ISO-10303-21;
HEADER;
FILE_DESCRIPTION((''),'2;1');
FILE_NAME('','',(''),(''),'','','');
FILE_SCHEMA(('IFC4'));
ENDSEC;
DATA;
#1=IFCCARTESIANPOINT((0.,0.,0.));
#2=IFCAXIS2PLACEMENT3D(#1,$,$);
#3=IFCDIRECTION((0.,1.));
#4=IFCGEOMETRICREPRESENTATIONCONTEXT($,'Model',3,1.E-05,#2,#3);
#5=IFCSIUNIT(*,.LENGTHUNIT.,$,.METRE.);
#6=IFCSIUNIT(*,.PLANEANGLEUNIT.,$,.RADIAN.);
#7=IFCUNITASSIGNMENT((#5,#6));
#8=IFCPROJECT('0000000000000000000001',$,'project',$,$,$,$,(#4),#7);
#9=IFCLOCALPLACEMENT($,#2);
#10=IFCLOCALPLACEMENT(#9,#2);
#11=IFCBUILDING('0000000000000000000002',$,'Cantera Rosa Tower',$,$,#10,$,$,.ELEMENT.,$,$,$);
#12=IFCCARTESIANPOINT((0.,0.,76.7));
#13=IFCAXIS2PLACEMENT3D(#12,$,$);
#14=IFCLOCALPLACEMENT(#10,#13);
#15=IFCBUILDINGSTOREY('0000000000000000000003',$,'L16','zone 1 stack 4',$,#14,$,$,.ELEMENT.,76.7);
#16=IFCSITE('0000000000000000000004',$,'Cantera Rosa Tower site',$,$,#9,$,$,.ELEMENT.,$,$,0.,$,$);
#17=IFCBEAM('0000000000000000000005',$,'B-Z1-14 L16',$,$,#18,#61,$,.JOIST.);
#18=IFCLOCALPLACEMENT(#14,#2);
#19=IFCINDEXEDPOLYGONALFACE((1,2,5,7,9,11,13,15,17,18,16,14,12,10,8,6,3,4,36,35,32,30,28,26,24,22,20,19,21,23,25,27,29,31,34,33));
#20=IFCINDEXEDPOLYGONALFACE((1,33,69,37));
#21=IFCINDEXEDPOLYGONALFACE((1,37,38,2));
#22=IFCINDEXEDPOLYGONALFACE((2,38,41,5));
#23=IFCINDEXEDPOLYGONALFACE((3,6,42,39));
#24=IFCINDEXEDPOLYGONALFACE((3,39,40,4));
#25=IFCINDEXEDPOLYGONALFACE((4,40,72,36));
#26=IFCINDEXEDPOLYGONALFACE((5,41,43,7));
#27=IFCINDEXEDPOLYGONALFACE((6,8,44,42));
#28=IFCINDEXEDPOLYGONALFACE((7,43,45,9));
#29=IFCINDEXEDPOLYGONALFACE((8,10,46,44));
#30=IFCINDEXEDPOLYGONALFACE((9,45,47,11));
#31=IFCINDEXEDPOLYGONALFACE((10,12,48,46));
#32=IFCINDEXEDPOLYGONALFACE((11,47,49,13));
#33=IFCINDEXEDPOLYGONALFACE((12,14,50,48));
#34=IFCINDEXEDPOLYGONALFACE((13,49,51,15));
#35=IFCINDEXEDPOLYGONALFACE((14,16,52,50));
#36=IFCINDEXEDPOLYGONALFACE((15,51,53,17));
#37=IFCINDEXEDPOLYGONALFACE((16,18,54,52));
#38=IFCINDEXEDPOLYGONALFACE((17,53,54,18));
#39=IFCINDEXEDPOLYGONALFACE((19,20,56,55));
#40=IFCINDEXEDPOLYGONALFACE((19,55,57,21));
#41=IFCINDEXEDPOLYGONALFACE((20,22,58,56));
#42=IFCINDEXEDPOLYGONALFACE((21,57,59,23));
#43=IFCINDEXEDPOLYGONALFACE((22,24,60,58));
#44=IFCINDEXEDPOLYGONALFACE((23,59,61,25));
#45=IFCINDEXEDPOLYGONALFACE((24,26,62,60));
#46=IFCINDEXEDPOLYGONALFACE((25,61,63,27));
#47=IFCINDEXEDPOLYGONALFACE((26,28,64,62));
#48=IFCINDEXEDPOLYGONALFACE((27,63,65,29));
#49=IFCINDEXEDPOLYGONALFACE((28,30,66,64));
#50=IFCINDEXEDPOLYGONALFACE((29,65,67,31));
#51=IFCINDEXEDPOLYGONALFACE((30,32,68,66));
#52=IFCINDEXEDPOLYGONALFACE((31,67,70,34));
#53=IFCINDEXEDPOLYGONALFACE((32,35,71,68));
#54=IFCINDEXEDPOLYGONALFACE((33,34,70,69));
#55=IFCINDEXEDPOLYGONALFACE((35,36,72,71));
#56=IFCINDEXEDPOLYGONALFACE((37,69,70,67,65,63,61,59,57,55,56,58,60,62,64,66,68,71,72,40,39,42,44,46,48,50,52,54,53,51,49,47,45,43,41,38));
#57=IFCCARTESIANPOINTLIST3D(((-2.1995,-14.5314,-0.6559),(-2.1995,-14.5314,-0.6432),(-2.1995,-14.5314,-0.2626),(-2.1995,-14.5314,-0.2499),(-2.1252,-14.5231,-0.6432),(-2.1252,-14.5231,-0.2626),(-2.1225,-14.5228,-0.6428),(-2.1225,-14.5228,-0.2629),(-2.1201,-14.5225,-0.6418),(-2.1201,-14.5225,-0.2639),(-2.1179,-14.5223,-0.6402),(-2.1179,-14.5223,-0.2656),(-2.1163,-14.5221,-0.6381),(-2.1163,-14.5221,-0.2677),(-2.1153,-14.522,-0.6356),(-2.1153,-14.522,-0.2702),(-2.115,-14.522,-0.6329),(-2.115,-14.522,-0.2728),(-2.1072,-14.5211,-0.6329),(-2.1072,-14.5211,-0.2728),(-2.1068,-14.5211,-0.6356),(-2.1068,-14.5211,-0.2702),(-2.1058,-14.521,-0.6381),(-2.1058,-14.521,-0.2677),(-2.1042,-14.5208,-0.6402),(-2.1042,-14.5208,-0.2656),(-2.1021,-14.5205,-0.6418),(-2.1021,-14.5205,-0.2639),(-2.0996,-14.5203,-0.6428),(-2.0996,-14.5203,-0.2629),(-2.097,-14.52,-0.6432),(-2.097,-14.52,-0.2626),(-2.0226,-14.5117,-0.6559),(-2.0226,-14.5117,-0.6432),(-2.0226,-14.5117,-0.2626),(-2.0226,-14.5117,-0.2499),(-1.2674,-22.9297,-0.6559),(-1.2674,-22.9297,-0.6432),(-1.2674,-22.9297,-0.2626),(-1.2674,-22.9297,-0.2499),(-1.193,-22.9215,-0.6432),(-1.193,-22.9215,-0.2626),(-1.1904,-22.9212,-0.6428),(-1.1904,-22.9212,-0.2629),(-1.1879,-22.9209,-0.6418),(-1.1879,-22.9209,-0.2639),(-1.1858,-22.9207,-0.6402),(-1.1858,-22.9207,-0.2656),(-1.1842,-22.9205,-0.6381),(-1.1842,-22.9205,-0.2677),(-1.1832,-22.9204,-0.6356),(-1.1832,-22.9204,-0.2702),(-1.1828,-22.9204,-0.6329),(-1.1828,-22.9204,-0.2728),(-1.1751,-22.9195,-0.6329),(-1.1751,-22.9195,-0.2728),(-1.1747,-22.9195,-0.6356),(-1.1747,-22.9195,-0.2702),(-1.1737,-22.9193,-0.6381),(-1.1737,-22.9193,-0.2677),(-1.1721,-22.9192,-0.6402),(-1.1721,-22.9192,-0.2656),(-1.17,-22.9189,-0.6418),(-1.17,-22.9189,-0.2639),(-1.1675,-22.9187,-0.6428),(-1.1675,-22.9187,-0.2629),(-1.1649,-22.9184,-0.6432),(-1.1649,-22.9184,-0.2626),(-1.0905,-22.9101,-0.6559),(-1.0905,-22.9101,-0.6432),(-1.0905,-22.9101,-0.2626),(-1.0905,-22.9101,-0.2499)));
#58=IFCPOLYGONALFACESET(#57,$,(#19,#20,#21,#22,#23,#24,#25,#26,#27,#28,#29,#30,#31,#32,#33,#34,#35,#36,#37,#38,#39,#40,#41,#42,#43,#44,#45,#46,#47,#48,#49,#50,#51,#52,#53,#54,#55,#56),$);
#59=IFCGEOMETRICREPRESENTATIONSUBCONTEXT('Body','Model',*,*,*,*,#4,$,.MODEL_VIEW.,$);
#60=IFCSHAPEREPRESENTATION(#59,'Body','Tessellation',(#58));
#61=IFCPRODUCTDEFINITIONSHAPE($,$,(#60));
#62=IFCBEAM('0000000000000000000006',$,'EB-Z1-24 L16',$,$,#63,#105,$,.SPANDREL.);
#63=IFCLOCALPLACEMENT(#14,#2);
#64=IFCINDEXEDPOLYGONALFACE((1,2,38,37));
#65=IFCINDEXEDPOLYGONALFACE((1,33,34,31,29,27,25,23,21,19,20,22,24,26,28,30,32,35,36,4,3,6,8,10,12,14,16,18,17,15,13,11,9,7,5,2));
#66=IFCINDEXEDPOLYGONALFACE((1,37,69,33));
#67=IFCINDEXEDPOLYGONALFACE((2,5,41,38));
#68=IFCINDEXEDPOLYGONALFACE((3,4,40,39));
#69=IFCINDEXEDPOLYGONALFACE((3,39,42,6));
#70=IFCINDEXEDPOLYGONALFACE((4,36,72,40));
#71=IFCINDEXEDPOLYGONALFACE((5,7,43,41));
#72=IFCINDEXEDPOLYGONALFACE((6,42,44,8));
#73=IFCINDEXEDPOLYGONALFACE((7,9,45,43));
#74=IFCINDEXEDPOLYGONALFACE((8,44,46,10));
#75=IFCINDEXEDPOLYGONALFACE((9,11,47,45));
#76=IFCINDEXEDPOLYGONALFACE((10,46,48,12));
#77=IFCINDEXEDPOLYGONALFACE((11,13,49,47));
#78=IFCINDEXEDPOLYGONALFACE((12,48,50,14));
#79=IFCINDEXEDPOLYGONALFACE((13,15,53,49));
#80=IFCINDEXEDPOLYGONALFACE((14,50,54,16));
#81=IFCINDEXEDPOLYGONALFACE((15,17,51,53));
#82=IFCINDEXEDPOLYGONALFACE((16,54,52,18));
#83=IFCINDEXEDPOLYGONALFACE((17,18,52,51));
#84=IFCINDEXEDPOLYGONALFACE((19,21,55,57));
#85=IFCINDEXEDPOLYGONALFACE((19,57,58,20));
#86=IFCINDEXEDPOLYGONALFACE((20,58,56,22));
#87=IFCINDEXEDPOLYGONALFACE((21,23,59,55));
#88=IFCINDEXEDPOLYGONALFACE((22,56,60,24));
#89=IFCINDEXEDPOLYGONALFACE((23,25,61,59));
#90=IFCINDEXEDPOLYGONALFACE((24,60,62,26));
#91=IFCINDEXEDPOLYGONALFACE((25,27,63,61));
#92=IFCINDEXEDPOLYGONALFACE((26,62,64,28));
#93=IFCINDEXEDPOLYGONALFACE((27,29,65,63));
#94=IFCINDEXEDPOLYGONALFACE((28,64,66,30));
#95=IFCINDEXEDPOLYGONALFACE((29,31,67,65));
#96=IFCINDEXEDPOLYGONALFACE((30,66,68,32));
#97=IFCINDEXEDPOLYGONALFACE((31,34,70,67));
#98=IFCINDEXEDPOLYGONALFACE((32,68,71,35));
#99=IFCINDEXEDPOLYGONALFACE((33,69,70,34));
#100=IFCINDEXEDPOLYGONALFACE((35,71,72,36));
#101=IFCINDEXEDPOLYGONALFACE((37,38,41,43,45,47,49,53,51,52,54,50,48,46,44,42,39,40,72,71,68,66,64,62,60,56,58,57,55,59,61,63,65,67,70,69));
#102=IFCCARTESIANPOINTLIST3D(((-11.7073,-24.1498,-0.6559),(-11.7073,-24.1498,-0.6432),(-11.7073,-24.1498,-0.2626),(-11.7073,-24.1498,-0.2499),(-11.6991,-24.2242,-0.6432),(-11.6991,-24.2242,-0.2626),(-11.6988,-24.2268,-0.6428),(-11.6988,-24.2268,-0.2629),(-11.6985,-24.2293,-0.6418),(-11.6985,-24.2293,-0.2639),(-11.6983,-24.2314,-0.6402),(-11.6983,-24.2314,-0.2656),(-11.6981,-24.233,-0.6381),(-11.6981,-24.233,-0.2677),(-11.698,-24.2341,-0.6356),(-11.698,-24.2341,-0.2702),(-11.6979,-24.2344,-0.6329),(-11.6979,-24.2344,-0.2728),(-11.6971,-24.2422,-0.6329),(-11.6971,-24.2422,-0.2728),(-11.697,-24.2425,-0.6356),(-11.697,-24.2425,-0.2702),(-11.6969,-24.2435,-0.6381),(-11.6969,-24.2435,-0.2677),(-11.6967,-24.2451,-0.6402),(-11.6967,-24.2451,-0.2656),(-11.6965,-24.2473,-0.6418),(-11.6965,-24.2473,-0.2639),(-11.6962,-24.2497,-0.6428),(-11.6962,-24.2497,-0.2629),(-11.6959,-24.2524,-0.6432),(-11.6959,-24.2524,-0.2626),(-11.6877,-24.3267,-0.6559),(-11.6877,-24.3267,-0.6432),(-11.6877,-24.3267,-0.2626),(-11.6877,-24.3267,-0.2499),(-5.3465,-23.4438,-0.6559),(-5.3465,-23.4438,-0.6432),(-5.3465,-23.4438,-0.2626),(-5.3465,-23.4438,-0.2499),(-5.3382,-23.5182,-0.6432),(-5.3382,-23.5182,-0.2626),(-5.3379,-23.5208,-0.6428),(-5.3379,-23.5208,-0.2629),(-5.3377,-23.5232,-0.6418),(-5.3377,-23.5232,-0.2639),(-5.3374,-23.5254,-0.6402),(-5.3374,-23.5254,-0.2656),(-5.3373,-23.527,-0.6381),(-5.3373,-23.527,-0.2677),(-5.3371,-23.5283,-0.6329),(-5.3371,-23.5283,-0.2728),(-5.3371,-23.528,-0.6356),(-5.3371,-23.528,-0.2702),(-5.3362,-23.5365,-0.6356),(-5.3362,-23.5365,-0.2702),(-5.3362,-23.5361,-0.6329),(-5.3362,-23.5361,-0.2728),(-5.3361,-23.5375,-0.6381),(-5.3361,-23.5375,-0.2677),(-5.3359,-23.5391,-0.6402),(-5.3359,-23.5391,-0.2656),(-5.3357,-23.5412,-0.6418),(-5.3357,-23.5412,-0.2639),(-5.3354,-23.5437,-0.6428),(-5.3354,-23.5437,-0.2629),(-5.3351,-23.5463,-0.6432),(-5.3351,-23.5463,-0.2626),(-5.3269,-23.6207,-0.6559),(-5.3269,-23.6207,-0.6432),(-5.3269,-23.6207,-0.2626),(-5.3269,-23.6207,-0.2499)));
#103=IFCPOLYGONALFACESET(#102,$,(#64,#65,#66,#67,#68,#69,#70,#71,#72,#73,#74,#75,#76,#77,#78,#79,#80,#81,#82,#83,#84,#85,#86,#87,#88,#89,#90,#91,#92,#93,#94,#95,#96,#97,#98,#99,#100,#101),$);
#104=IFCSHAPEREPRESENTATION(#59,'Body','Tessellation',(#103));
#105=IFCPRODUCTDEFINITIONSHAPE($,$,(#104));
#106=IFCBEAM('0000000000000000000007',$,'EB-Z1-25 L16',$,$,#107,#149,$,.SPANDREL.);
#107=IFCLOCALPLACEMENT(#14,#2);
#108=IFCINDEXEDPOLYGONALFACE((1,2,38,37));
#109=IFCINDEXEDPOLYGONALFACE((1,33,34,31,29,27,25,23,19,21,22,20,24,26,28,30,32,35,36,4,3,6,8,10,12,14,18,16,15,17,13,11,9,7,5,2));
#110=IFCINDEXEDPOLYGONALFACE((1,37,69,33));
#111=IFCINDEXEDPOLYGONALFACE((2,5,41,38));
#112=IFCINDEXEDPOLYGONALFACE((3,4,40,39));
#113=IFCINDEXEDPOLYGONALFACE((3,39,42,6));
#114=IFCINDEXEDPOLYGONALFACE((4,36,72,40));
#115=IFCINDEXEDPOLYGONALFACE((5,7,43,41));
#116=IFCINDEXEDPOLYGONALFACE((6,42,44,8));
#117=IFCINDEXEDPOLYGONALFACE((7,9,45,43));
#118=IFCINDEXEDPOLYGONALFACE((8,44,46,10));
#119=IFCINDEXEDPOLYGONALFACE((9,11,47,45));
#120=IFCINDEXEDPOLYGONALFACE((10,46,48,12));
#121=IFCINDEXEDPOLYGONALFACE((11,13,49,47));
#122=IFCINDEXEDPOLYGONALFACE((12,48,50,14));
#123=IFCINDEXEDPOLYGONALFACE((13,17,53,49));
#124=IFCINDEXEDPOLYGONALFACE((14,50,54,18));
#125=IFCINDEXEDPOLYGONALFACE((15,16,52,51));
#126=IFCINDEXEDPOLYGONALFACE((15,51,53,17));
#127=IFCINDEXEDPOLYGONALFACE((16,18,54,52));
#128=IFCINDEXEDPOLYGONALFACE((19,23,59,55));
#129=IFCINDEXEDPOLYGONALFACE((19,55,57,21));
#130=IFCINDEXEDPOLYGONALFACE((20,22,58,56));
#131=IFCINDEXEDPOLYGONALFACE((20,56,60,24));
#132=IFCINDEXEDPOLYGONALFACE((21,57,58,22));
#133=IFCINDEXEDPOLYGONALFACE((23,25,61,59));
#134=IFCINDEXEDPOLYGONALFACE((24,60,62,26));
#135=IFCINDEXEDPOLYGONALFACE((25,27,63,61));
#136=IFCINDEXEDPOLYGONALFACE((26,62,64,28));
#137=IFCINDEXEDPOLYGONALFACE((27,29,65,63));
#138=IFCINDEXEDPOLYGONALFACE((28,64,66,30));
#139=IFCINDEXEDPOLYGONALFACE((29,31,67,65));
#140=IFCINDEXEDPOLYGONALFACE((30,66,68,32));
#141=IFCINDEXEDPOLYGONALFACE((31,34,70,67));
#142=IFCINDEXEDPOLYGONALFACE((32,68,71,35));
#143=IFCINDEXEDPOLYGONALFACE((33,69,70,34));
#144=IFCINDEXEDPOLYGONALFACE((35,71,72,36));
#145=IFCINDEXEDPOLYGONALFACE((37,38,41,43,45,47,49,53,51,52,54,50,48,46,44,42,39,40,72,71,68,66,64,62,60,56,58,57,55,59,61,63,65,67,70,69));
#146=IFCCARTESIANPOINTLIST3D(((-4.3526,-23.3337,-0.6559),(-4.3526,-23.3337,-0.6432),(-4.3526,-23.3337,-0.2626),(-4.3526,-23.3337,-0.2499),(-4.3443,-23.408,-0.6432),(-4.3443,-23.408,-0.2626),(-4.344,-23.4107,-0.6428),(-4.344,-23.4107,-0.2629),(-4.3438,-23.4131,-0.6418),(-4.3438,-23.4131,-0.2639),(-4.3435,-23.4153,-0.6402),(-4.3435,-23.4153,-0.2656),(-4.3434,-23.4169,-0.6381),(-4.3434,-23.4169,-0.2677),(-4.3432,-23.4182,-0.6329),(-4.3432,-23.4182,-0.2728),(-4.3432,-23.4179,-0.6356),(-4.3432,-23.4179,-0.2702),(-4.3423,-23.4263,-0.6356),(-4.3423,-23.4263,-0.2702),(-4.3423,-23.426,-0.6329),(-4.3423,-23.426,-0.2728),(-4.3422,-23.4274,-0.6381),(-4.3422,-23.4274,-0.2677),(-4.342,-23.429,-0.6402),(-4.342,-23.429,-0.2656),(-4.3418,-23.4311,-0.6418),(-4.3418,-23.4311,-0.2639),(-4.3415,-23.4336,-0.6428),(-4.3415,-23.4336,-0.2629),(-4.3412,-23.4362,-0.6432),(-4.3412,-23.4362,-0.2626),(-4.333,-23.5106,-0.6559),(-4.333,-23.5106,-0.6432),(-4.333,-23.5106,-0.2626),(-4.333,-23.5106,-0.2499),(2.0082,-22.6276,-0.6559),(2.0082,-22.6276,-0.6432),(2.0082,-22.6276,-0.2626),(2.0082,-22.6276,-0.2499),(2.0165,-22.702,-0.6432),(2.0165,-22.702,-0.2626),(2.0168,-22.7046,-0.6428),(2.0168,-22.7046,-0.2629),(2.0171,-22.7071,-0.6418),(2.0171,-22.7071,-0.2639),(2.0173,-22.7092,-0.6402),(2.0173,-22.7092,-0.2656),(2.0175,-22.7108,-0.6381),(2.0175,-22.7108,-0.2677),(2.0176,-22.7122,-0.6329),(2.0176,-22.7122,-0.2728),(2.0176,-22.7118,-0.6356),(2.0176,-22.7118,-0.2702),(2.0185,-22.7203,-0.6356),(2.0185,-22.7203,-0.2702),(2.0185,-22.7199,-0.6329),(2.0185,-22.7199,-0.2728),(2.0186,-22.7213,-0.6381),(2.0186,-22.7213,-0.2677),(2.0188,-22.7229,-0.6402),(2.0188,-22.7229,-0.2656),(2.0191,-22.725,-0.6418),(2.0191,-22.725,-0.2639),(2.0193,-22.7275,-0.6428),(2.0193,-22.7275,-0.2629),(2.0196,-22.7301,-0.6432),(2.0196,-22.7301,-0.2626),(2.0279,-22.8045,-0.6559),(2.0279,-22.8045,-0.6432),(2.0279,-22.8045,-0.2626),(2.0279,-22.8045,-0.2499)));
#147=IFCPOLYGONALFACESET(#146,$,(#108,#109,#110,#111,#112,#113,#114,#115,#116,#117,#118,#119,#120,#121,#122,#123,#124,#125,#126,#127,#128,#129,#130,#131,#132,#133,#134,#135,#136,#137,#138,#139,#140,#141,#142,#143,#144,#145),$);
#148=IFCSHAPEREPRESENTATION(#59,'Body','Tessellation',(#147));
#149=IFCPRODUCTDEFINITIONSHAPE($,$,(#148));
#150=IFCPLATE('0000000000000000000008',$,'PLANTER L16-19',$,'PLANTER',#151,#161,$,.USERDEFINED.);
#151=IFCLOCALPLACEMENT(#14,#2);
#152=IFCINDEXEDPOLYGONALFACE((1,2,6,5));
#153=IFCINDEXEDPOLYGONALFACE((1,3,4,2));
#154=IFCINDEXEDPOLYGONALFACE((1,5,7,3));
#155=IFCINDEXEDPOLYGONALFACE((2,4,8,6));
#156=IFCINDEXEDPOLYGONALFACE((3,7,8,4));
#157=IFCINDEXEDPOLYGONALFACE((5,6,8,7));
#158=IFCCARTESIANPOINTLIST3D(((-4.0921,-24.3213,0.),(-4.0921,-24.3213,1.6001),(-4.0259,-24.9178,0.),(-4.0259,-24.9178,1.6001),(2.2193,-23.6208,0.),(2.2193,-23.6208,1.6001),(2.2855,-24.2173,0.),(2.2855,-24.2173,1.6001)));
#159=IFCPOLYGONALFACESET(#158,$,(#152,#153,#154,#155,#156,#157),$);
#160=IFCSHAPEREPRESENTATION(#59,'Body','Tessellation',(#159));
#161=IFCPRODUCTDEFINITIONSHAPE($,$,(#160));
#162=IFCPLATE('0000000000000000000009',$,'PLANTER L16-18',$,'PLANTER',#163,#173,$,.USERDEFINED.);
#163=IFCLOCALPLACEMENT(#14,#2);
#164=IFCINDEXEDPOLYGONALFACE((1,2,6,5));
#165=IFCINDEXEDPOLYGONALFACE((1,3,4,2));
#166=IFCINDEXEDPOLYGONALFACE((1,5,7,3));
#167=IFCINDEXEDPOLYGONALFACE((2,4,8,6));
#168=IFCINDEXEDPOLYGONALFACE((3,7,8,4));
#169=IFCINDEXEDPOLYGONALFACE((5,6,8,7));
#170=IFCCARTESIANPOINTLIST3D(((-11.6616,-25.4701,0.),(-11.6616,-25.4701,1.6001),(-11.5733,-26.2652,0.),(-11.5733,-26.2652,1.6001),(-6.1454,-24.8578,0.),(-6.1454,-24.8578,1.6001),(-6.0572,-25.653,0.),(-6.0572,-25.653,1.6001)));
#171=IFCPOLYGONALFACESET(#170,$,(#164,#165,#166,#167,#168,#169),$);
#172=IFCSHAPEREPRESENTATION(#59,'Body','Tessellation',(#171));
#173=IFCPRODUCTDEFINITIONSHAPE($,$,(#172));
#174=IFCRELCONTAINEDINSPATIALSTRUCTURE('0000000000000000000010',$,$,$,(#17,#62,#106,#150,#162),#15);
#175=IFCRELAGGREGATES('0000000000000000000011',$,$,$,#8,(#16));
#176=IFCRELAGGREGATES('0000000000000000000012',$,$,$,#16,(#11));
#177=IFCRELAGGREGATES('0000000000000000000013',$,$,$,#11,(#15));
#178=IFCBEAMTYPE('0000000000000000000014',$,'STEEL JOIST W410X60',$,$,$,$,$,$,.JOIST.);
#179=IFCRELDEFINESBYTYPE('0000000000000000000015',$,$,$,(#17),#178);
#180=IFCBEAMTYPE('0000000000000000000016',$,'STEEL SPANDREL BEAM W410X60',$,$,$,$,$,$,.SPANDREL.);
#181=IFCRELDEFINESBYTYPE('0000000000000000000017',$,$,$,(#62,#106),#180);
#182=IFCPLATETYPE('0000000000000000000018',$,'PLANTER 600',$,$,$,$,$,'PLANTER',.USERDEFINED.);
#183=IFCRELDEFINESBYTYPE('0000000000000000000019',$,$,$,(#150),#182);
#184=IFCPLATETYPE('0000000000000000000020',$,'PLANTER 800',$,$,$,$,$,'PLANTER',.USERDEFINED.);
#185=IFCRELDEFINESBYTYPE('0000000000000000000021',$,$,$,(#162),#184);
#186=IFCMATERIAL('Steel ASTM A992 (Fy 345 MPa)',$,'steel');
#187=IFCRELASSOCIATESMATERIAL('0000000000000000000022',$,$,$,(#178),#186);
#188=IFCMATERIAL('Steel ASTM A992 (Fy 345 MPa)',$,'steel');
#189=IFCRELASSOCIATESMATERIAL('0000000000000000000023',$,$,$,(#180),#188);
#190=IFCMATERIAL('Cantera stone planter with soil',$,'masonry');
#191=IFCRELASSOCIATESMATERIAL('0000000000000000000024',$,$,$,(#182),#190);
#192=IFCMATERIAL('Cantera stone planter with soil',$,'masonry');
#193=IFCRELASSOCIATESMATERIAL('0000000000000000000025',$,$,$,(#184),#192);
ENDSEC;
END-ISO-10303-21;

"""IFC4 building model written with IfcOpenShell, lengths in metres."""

from ifc_helpers import new_model, si_unit, direction, frame, origin, origin_2d, place, context, subcontext, project, spatial, rectangle, i_section, extrude, material, material_profile, profile_set, type_object, element, save


model = new_model("IFC4")

# Units and contexts
model_context = context("Model", 3, precision=1e-05, world=origin(), true_north=direction((0.0, 1.0)))
body_context = subcontext(model_context, "Body", "Model", "MODEL_VIEW")
ifc_project = project(units=[si_unit("LENGTHUNIT", "METRE"), si_unit("PLANEANGLEUNIT", "RADIAN")], contexts=[model_context])

# Site, building, storey
site_placement = place(None, origin())
site = spatial("IfcSite", under=ifc_project, at=site_placement, Name="Cantera Rosa Tower site", CompositionType="ELEMENT", RefElevation=0.0)
building_placement = place(site_placement, origin())
building = spatial("IfcBuilding", under=site, at=building_placement, Name="Cantera Rosa Tower", CompositionType="ELEMENT")
storey_placement = place(building_placement, frame((0.0, 0.0, 76.7)))
storey = spatial("IfcBuildingStorey", under=building, at=storey_placement, Name="L16", Description="zone 1 stack 4", CompositionType="ELEMENT", Elevation=76.7)

# Beams
ifc_material_1 = material(Name="Steel ASTM A992 (Fy 345 MPa)", Category="steel")
ifc_material_profile_1 = material_profile(ifc_material_1, i_section(OverallWidth=0.178, OverallDepth=0.406, WebThickness=0.0078, FlangeThickness=0.0127, FilletRadius=0.0103, at=origin_2d()), Name="W410X60")
ifc_profile_set_1 = profile_set([ifc_material_profile_1], Name="Steel ASTM A992 (Fy 345 MPa)")
beam_type_1 = type_object("IfcBeamType", Name="STEEL JOIST W410X60", PredefinedType="JOIST", material=ifc_profile_set_1)
for number, where, z_axis, x_axis, name in (
    (1, (-1.179, -22.9199, -0.4529), (-0.110311, 0.993897, 0.0), (-0.993897, -0.110311, 0.0), "B-Z1-14 L16"),
):
    element("IfcBeam", number, at=place(storey_placement, frame(where, z_axis=z_axis, x_axis=x_axis)), inside=storey, type_object=beam_type_1, Name=name, PredefinedType="JOIST", context=body_context, shape_type="SweptSolid", body=[
        extrude(i_section(OverallWidth=0.178, OverallDepth=0.406, WebThickness=0.0078, FlangeThickness=0.0127, FilletRadius=0.0103, at=origin_2d()), origin(), (0.0, 0.0, 1.0), 8.45),
    ])
ifc_material_2 = material(Name="Steel ASTM A992 (Fy 345 MPa)", Category="steel")
ifc_material_profile_2 = material_profile(ifc_material_2, i_section(OverallWidth=0.178, OverallDepth=0.406, WebThickness=0.0078, FlangeThickness=0.0127, FilletRadius=0.0103, at=origin_2d()), Name="W410X60")
ifc_profile_set_2 = profile_set([ifc_material_profile_2], Name="Steel ASTM A992 (Fy 345 MPa)")
beam_type_2 = type_object("IfcBeamType", Name="STEEL SPANDREL BEAM W410X60", PredefinedType="SPANDREL", material=ifc_profile_set_2)
for number, where, z_axis, x_axis, name in (
    (2, (-11.6975, -24.2383, -0.4529), (0.993896, 0.110323, 0.0), (-0.110323, 0.993896, 0.0), "EB-Z1-24 L16"),
    (3, (-4.3428, -23.4221, -0.4529), (0.993896, 0.110323, 0.0), (-0.110323, 0.993896, 0.0), "EB-Z1-25 L16"),
):
    element("IfcBeam", number, at=place(storey_placement, frame(where, z_axis=z_axis, x_axis=x_axis)), inside=storey, type_object=beam_type_2, Name=name, PredefinedType="SPANDREL", context=body_context, shape_type="SweptSolid", body=[
        extrude(i_section(OverallWidth=0.178, OverallDepth=0.406, WebThickness=0.0078, FlangeThickness=0.0127, FilletRadius=0.0103, at=origin_2d()), origin(), (0.0, 0.0, 1.0), 6.3999),
    ])

# Plates
ifc_material_3 = material(Name="Cantera stone planter with soil", Category="masonry")
plate_type_1 = type_object("IfcPlateType", Name="PLANTER 600", ElementType="PLANTER", PredefinedType="USERDEFINED", material=ifc_material_3)
plate_1_placement = place(storey_placement, frame((-0.9033, -24.2693, 0.0), z_axis=(0.0, 0.0, 1.0), x_axis=(0.993897, 0.110313, 0.0)))
element("IfcPlate", 4, at=plate_1_placement, inside=storey, type_object=plate_type_1, Name="PLANTER L16-19", ObjectType="PLANTER", PredefinedType="USERDEFINED", context=body_context, shape_type="SweptSolid", body=[
    extrude(rectangle(XDim=6.3501, YDim=0.6001, at=origin_2d()), origin(), (0.0, 0.0, 1.0), 1.6001),
])
ifc_material_4 = material(Name="Cantera stone planter with soil", Category="masonry")
plate_type_2 = type_object("IfcPlateType", Name="PLANTER 800", ElementType="PLANTER", PredefinedType="USERDEFINED", material=ifc_material_4)
plate_2_placement = place(storey_placement, frame((-8.8594, -25.5615, 0.0), z_axis=(0.0, 0.0, 1.0), x_axis=(0.993897, 0.110313, 0.0)))
element("IfcPlate", 5, at=plate_2_placement, inside=storey, type_object=plate_type_2, Name="PLANTER L16-18", ObjectType="PLANTER", PredefinedType="USERDEFINED", context=body_context, shape_type="SweptSolid", body=[
    extrude(rectangle(XDim=5.55, YDim=0.8, at=origin_2d()), origin(), (0.0, 0.0, 1.0), 1.6001),
])

save(model, "model.ifc")
